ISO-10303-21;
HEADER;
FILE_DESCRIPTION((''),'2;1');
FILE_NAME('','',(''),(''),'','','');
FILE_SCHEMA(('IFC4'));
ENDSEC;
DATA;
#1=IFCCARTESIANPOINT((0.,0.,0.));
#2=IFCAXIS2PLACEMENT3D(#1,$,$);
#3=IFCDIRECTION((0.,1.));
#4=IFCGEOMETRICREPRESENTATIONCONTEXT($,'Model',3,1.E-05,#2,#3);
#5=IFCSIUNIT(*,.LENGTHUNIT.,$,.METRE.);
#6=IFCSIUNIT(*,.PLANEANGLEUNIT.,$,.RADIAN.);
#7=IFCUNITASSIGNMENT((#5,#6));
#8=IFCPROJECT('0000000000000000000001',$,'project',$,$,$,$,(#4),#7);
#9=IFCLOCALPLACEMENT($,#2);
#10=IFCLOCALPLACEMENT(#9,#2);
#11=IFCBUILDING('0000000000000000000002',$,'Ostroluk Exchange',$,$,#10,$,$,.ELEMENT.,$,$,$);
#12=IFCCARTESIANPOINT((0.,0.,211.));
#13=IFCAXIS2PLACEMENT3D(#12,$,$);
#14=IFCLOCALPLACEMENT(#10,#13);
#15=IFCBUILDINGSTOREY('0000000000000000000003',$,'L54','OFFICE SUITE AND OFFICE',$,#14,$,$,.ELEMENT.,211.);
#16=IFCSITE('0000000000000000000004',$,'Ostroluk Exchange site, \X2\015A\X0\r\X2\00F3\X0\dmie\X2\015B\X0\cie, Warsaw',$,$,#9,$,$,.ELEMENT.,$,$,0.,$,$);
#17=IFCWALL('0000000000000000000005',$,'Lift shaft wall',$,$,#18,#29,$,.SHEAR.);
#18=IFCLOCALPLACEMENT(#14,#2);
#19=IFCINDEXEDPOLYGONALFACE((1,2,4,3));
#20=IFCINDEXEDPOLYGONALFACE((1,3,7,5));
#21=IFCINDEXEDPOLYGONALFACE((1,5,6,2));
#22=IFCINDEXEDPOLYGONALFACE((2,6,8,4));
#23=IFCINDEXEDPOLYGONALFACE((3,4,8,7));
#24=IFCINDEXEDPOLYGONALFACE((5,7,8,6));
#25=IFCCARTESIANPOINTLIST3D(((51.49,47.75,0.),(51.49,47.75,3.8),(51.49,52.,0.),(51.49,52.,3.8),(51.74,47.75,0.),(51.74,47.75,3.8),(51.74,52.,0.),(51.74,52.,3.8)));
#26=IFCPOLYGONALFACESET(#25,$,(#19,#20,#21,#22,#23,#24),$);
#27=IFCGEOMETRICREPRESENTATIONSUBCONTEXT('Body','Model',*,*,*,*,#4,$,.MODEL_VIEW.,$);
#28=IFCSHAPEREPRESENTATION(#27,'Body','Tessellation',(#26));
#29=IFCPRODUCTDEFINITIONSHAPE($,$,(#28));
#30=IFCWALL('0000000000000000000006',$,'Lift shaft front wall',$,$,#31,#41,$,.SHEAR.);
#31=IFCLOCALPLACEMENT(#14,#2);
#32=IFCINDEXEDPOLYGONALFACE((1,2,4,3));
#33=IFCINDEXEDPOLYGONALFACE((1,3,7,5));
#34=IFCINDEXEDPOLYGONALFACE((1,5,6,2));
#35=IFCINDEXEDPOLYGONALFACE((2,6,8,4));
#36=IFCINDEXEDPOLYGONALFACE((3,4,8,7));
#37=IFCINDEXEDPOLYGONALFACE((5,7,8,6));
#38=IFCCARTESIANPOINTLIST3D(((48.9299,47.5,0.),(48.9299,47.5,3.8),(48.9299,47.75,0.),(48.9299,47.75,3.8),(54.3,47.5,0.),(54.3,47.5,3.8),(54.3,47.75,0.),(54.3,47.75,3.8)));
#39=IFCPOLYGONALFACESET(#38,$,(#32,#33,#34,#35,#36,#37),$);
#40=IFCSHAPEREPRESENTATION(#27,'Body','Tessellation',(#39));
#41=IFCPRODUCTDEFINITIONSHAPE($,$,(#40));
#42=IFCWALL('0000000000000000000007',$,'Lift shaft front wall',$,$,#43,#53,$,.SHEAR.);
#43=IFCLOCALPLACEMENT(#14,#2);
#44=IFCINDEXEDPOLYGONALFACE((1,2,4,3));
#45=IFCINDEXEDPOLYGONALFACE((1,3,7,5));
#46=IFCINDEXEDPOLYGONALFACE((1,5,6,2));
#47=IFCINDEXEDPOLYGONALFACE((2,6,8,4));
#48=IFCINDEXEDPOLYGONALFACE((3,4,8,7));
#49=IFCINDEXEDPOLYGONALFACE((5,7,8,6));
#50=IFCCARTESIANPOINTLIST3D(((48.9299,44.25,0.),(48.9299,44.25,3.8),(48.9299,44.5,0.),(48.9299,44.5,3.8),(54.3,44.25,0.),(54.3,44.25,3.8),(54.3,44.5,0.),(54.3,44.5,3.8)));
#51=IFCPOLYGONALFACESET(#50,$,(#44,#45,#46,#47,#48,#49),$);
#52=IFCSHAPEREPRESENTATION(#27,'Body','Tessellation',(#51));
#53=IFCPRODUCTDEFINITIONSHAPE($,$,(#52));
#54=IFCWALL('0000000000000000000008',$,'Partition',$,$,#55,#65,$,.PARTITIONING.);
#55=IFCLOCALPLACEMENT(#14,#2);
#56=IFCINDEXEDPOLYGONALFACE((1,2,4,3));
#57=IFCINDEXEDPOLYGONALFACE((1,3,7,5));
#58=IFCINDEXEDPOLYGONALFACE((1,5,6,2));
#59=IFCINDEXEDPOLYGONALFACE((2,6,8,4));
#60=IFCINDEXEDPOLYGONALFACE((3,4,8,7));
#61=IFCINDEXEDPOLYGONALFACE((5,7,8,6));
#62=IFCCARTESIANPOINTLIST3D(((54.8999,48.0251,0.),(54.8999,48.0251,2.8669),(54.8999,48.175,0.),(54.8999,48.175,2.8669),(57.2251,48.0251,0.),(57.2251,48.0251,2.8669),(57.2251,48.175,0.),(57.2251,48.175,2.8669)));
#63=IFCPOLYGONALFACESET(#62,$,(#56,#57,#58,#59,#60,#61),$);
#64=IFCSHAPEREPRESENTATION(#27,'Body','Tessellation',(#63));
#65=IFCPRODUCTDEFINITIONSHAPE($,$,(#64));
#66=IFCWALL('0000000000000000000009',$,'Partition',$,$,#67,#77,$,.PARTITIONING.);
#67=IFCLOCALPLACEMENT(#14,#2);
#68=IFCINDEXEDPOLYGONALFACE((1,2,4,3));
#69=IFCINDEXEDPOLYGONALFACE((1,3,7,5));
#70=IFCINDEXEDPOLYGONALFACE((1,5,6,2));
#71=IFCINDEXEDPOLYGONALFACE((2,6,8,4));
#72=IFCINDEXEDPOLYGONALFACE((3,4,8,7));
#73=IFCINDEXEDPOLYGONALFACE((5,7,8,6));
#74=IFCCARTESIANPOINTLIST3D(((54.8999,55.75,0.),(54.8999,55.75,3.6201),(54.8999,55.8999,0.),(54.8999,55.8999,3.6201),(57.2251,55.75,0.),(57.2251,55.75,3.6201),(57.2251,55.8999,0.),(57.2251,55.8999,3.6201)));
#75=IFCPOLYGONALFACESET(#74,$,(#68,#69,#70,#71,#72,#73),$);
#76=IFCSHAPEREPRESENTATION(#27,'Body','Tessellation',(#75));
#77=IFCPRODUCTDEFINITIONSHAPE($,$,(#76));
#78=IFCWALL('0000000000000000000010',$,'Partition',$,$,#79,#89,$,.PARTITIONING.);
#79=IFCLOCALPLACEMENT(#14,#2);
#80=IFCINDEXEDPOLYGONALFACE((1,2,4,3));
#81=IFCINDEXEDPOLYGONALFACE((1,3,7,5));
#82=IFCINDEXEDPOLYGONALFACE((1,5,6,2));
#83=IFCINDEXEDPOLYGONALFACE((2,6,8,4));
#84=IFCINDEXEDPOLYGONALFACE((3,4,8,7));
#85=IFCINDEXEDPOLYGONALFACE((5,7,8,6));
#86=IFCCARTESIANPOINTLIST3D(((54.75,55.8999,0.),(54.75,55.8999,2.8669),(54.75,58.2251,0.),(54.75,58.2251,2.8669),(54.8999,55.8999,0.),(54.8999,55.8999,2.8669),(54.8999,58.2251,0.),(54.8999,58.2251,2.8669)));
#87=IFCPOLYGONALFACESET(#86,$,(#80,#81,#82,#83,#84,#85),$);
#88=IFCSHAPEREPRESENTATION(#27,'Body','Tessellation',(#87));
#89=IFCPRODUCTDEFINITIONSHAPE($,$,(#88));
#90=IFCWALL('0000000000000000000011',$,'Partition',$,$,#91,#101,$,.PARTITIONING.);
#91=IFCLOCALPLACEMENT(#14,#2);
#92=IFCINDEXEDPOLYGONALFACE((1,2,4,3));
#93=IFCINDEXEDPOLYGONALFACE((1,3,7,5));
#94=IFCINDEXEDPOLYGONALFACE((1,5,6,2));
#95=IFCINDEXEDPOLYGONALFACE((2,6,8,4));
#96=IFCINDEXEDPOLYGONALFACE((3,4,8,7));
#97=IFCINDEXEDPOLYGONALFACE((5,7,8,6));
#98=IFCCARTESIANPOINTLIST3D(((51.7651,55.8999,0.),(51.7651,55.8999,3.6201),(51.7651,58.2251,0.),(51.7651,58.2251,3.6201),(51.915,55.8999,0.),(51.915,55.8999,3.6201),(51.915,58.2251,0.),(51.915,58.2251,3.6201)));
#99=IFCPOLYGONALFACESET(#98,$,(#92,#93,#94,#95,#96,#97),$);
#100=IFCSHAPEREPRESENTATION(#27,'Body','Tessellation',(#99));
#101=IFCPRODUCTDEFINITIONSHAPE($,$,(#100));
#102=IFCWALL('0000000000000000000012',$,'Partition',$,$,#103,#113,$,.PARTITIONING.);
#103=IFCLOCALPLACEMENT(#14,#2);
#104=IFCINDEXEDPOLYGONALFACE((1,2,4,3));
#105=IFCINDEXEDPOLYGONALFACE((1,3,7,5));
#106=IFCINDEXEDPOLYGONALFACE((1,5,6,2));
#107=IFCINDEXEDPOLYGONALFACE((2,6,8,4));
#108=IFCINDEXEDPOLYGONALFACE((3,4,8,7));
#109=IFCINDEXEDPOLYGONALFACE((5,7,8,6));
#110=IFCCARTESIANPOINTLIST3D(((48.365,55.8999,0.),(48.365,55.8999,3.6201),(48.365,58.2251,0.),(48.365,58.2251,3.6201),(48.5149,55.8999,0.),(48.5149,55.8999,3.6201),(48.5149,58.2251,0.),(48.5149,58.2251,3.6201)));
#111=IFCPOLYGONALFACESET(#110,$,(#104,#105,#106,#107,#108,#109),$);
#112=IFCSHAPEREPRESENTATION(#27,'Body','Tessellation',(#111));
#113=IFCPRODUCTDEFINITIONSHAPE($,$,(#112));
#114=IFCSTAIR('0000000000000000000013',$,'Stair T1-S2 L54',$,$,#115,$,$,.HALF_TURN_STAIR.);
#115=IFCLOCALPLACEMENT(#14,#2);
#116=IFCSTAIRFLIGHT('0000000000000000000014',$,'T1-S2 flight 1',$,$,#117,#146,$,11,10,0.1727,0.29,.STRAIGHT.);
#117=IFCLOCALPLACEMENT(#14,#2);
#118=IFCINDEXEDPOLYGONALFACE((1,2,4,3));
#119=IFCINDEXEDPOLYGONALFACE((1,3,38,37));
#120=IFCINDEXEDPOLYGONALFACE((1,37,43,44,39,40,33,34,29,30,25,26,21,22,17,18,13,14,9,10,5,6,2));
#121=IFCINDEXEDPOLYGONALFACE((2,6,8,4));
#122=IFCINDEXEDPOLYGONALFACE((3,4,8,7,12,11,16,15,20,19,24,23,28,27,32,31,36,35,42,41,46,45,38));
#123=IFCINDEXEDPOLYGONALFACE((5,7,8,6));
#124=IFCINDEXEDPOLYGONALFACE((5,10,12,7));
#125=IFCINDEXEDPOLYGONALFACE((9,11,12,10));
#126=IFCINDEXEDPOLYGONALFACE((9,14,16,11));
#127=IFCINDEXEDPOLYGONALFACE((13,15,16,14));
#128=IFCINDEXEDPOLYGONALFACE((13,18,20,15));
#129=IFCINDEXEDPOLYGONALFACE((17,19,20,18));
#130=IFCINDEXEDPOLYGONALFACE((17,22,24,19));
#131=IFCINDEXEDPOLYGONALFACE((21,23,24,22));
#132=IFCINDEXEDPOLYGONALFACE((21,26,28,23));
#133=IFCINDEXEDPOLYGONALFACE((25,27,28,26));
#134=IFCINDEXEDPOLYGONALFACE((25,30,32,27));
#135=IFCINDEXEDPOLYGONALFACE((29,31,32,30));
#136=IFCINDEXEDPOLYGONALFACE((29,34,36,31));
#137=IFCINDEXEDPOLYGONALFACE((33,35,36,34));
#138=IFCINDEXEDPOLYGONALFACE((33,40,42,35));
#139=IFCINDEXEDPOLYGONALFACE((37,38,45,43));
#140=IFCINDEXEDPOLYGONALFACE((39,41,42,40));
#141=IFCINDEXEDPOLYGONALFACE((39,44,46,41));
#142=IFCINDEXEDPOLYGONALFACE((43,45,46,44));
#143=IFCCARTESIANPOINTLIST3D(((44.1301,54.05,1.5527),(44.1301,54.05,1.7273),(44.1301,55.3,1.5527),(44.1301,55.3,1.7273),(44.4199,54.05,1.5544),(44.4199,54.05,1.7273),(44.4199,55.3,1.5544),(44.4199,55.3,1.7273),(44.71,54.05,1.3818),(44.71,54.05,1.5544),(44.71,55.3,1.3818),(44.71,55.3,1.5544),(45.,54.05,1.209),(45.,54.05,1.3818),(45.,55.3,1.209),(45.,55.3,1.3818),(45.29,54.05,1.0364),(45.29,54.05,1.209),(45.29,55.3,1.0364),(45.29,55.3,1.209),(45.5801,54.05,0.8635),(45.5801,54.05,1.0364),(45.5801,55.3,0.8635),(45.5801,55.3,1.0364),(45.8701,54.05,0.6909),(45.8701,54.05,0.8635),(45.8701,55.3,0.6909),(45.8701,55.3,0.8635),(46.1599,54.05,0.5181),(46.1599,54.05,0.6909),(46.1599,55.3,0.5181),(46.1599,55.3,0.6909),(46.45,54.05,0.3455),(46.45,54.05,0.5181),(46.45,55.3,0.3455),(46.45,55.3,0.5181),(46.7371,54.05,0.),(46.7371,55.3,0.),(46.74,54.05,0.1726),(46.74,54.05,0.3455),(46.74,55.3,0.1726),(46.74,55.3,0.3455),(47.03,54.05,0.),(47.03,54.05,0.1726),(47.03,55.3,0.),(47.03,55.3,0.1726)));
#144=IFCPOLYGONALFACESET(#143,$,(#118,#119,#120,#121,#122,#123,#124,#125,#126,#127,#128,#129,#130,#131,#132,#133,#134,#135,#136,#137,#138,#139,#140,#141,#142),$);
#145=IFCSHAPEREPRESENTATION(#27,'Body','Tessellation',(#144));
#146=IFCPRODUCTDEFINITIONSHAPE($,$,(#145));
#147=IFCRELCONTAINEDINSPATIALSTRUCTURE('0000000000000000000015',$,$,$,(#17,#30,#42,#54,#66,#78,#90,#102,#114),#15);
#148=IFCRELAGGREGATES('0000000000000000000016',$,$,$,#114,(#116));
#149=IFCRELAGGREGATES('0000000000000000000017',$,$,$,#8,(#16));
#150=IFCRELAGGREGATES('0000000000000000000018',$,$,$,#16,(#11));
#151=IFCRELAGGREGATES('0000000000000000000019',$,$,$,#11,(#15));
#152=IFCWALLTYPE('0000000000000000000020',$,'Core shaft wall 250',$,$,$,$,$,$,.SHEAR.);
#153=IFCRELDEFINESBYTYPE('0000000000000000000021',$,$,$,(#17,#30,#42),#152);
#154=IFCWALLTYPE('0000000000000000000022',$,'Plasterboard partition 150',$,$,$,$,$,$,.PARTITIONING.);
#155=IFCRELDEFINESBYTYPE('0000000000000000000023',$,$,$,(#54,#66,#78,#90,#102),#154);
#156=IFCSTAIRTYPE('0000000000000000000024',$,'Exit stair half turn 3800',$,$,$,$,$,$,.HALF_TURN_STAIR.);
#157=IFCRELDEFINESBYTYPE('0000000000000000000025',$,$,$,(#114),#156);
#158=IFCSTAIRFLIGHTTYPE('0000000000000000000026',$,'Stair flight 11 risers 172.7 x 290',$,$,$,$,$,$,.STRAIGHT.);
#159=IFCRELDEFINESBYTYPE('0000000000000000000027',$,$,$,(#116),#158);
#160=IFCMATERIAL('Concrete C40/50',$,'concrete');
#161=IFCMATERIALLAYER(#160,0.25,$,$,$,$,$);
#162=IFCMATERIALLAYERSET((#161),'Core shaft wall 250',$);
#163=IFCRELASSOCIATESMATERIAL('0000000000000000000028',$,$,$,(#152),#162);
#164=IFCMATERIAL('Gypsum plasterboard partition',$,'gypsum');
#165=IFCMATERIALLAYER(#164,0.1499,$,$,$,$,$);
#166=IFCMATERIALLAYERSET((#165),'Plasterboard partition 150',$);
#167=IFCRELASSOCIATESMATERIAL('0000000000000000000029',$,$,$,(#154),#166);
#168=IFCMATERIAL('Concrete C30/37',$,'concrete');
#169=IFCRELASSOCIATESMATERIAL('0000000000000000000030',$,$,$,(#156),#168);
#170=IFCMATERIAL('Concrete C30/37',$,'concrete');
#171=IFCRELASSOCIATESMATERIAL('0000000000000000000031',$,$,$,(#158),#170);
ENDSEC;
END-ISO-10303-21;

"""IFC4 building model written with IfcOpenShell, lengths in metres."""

from ifc_helpers import new_model, si_unit, direction, frame, frame_2d, origin, place, context, subcontext, project, spatial, polyline, rectangle, outline, extrude, material, layer, layer_set, type_object, element, aggregate, save


model = new_model("IFC4")

# Units and contexts
model_context = context("Model", 3, precision=1e-05, world=origin(), true_north=direction((0.0, 1.0)))
body_context = subcontext(model_context, "Body", "Model", "MODEL_VIEW")
ifc_project = project(units=[si_unit("LENGTHUNIT", "METRE"), si_unit("PLANEANGLEUNIT", "RADIAN")], contexts=[model_context])

# Site, building, storey
site_placement = place(None, origin())
site = spatial("IfcSite", under=ifc_project, at=site_placement, Name="Ostroluk Exchange site, Śródmieście, Warsaw", CompositionType="ELEMENT", RefElevation=0.0)
building_placement = place(site_placement, origin())
building = spatial("IfcBuilding", under=site, at=building_placement, Name="Ostroluk Exchange", CompositionType="ELEMENT")
storey_placement = place(building_placement, frame((0.0, 0.0, 211.0)))
storey = spatial("IfcBuildingStorey", under=building, at=storey_placement, Name="L54", Description="OFFICE SUITE AND OFFICE", CompositionType="ELEMENT", Elevation=211.0)

# Shared definitions
ifc_material_1 = material(Name="Concrete C40/50", Category="concrete")
ifc_layer_1 = layer(ifc_material_1, 0.25)
ifc_layer_set_1 = layer_set([ifc_layer_1], Name="Core shaft wall 250")
wall_type_1 = type_object("IfcWallType", Name="Core shaft wall 250", PredefinedType="SHEAR", material=ifc_layer_set_1)

# Walls
wall_1_placement = place(storey_placement, frame((51.615, 47.75, 0.0), z_axis=(0.0, 0.0, 1.0), x_axis=(0.0, 1.0, 0.0)))
element("IfcWall", 1, at=wall_1_placement, inside=storey, type_object=wall_type_1, Name="Lift shaft wall", PredefinedType="SHEAR", context=body_context, shape_type="SweptSolid", body=[
    extrude(rectangle(XDim=4.25, YDim=0.25, at=frame_2d((2.125, 0.0))), origin(), (0.0, 0.0, 1.0), 3.8),
])
for number, where, z_axis, x_axis, name in (
    (2, (48.9299, 47.625, 0.0), (0.0, 0.0, 1.0), (1.0, 0.0, 0.0), "Lift shaft front wall"),
    (3, (48.9299, 44.375, 0.0), (0.0, 0.0, 1.0), (1.0, 0.0, 0.0), "Lift shaft front wall"),
):
    element("IfcWall", number, at=place(storey_placement, frame(where, z_axis=z_axis, x_axis=x_axis)), inside=storey, type_object=wall_type_1, Name=name, PredefinedType="SHEAR", context=body_context, shape_type="SweptSolid", body=[
        extrude(rectangle(XDim=5.3701, YDim=0.25, at=frame_2d((2.6851, 0.0))), origin(), (0.0, 0.0, 1.0), 3.8),
    ])
ifc_material_2 = material(Name="Gypsum plasterboard partition", Category="gypsum")
ifc_layer_2 = layer(ifc_material_2, 0.1499)
ifc_layer_set_2 = layer_set([ifc_layer_2], Name="Plasterboard partition 150")
wall_type_2 = type_object("IfcWallType", Name="Plasterboard partition 150", PredefinedType="PARTITIONING", material=ifc_layer_set_2)
wall_2_placement = place(storey_placement, frame((54.8999, 48.1001, 0.0), z_axis=(0.0, 0.0, 1.0), x_axis=(1.0, 0.0, 0.0)))
element("IfcWall", 4, at=wall_2_placement, inside=storey, type_object=wall_type_2, Name="Partition", PredefinedType="PARTITIONING", context=body_context, shape_type="SweptSolid", body=[
    extrude(rectangle(XDim=2.3252, YDim=0.1499, at=frame_2d((1.1626, 0.0))), origin(), (0.0, 0.0, 1.0), 2.8669),
])
wall_3_placement = place(storey_placement, frame((54.8999, 55.825, 0.0), z_axis=(0.0, 0.0, 1.0), x_axis=(1.0, 0.0, 0.0)))
element("IfcWall", 5, at=wall_3_placement, inside=storey, type_object=wall_type_2, Name="Partition", PredefinedType="PARTITIONING", context=body_context, shape_type="SweptSolid", body=[
    extrude(rectangle(XDim=2.3252, YDim=0.1499, at=frame_2d((1.1626, 0.0))), origin(), (0.0, 0.0, 1.0), 3.6201),
])
wall_4_placement = place(storey_placement, frame((54.825, 55.8999, 0.0), z_axis=(0.0, 0.0, 1.0), x_axis=(0.0, 1.0, 0.0)))
element("IfcWall", 6, at=wall_4_placement, inside=storey, type_object=wall_type_2, Name="Partition", PredefinedType="PARTITIONING", context=body_context, shape_type="SweptSolid", body=[
    extrude(rectangle(XDim=2.3252, YDim=0.1499, at=frame_2d((1.1626, 0.0))), origin(), (0.0, 0.0, 1.0), 2.8669),
])
for number, where, z_axis, x_axis, name in (
    (7, (51.8401, 55.8999, 0.0), (0.0, 0.0, 1.0), (0.0, 1.0, 0.0), "Partition"),
    (8, (48.4399, 55.8999, 0.0), (0.0, 0.0, 1.0), (0.0, 1.0, 0.0), "Partition"),
):
    element("IfcWall", number, at=place(storey_placement, frame(where, z_axis=z_axis, x_axis=x_axis)), inside=storey, type_object=wall_type_2, Name=name, PredefinedType="PARTITIONING", context=body_context, shape_type="SweptSolid", body=[
        extrude(rectangle(XDim=2.3252, YDim=0.1499, at=frame_2d((1.1626, 0.0))), origin(), (0.0, 0.0, 1.0), 3.6201),
    ])

# Stair, stair flight
ifc_material_3 = material(Name="Concrete C30/37", Category="concrete")
stair_type = type_object("IfcStairType", Name="Exit stair half turn 3800", PredefinedType="HALF_TURN_STAIR", material=ifc_material_3)
stair_placement = place(storey_placement, origin())
stair = element("IfcStair", 9, at=stair_placement, inside=storey, type_object=stair_type, Name="Stair T1-S2 L54", PredefinedType="HALF_TURN_STAIR")
ifc_material_4 = material(Name="Concrete C30/37", Category="concrete")
stair_flight_type = type_object("IfcStairFlightType", Name="Stair flight 11 risers 172.7 x 290", PredefinedType="STRAIGHT", material=ifc_material_4)
stair_flight_placement = place(storey_placement, frame((47.03, 54.675, 0.0), z_axis=(0.0, 0.0, 1.0), x_axis=(-1.0, 0.0, 0.0)))
stair_flight = element("IfcStairFlight", 10, at=stair_flight_placement, type_object=stair_flight_type, Name="T1-S2 flight 1", NumberOfRisers=11, NumberOfTreads=10, PredefinedType="STRAIGHT", RiserHeight=0.1727, TreadLength=0.29, context=body_context, shape_type="SweptSolid", body=[
    extrude(outline(polyline([(0.0, 0.0), (0.0, 0.1726), (0.29, 0.1726), (0.29, 0.3455), (0.5801, 0.3455), (0.5801, 0.5181), (0.8701, 0.5181), (0.8701, 0.6909), (1.1599, 0.6909), (1.1599, 0.8635), (1.45, 0.8635), (1.45, 1.0364), (1.74, 1.0364), (1.74, 1.209), (2.03, 1.209), (2.03, 1.3818), (2.3201, 1.3818), (2.3201, 1.5544), (2.6101, 1.5544), (2.6101, 1.7273), (2.8999, 1.7273), (2.8999, 1.8999), (2.8999, 1.5527), (0.293, 0.0), (0.0, 0.0)])), frame((0.0, 0.625, 0.0), z_axis=(0.0, -1.0, 0.0), x_axis=(1.0, 0.0, 0.0)), (0.0, 0.0, 1.0), 1.25),
])
aggregate(stair, [stair_flight])

save(model, "model.ifc")
